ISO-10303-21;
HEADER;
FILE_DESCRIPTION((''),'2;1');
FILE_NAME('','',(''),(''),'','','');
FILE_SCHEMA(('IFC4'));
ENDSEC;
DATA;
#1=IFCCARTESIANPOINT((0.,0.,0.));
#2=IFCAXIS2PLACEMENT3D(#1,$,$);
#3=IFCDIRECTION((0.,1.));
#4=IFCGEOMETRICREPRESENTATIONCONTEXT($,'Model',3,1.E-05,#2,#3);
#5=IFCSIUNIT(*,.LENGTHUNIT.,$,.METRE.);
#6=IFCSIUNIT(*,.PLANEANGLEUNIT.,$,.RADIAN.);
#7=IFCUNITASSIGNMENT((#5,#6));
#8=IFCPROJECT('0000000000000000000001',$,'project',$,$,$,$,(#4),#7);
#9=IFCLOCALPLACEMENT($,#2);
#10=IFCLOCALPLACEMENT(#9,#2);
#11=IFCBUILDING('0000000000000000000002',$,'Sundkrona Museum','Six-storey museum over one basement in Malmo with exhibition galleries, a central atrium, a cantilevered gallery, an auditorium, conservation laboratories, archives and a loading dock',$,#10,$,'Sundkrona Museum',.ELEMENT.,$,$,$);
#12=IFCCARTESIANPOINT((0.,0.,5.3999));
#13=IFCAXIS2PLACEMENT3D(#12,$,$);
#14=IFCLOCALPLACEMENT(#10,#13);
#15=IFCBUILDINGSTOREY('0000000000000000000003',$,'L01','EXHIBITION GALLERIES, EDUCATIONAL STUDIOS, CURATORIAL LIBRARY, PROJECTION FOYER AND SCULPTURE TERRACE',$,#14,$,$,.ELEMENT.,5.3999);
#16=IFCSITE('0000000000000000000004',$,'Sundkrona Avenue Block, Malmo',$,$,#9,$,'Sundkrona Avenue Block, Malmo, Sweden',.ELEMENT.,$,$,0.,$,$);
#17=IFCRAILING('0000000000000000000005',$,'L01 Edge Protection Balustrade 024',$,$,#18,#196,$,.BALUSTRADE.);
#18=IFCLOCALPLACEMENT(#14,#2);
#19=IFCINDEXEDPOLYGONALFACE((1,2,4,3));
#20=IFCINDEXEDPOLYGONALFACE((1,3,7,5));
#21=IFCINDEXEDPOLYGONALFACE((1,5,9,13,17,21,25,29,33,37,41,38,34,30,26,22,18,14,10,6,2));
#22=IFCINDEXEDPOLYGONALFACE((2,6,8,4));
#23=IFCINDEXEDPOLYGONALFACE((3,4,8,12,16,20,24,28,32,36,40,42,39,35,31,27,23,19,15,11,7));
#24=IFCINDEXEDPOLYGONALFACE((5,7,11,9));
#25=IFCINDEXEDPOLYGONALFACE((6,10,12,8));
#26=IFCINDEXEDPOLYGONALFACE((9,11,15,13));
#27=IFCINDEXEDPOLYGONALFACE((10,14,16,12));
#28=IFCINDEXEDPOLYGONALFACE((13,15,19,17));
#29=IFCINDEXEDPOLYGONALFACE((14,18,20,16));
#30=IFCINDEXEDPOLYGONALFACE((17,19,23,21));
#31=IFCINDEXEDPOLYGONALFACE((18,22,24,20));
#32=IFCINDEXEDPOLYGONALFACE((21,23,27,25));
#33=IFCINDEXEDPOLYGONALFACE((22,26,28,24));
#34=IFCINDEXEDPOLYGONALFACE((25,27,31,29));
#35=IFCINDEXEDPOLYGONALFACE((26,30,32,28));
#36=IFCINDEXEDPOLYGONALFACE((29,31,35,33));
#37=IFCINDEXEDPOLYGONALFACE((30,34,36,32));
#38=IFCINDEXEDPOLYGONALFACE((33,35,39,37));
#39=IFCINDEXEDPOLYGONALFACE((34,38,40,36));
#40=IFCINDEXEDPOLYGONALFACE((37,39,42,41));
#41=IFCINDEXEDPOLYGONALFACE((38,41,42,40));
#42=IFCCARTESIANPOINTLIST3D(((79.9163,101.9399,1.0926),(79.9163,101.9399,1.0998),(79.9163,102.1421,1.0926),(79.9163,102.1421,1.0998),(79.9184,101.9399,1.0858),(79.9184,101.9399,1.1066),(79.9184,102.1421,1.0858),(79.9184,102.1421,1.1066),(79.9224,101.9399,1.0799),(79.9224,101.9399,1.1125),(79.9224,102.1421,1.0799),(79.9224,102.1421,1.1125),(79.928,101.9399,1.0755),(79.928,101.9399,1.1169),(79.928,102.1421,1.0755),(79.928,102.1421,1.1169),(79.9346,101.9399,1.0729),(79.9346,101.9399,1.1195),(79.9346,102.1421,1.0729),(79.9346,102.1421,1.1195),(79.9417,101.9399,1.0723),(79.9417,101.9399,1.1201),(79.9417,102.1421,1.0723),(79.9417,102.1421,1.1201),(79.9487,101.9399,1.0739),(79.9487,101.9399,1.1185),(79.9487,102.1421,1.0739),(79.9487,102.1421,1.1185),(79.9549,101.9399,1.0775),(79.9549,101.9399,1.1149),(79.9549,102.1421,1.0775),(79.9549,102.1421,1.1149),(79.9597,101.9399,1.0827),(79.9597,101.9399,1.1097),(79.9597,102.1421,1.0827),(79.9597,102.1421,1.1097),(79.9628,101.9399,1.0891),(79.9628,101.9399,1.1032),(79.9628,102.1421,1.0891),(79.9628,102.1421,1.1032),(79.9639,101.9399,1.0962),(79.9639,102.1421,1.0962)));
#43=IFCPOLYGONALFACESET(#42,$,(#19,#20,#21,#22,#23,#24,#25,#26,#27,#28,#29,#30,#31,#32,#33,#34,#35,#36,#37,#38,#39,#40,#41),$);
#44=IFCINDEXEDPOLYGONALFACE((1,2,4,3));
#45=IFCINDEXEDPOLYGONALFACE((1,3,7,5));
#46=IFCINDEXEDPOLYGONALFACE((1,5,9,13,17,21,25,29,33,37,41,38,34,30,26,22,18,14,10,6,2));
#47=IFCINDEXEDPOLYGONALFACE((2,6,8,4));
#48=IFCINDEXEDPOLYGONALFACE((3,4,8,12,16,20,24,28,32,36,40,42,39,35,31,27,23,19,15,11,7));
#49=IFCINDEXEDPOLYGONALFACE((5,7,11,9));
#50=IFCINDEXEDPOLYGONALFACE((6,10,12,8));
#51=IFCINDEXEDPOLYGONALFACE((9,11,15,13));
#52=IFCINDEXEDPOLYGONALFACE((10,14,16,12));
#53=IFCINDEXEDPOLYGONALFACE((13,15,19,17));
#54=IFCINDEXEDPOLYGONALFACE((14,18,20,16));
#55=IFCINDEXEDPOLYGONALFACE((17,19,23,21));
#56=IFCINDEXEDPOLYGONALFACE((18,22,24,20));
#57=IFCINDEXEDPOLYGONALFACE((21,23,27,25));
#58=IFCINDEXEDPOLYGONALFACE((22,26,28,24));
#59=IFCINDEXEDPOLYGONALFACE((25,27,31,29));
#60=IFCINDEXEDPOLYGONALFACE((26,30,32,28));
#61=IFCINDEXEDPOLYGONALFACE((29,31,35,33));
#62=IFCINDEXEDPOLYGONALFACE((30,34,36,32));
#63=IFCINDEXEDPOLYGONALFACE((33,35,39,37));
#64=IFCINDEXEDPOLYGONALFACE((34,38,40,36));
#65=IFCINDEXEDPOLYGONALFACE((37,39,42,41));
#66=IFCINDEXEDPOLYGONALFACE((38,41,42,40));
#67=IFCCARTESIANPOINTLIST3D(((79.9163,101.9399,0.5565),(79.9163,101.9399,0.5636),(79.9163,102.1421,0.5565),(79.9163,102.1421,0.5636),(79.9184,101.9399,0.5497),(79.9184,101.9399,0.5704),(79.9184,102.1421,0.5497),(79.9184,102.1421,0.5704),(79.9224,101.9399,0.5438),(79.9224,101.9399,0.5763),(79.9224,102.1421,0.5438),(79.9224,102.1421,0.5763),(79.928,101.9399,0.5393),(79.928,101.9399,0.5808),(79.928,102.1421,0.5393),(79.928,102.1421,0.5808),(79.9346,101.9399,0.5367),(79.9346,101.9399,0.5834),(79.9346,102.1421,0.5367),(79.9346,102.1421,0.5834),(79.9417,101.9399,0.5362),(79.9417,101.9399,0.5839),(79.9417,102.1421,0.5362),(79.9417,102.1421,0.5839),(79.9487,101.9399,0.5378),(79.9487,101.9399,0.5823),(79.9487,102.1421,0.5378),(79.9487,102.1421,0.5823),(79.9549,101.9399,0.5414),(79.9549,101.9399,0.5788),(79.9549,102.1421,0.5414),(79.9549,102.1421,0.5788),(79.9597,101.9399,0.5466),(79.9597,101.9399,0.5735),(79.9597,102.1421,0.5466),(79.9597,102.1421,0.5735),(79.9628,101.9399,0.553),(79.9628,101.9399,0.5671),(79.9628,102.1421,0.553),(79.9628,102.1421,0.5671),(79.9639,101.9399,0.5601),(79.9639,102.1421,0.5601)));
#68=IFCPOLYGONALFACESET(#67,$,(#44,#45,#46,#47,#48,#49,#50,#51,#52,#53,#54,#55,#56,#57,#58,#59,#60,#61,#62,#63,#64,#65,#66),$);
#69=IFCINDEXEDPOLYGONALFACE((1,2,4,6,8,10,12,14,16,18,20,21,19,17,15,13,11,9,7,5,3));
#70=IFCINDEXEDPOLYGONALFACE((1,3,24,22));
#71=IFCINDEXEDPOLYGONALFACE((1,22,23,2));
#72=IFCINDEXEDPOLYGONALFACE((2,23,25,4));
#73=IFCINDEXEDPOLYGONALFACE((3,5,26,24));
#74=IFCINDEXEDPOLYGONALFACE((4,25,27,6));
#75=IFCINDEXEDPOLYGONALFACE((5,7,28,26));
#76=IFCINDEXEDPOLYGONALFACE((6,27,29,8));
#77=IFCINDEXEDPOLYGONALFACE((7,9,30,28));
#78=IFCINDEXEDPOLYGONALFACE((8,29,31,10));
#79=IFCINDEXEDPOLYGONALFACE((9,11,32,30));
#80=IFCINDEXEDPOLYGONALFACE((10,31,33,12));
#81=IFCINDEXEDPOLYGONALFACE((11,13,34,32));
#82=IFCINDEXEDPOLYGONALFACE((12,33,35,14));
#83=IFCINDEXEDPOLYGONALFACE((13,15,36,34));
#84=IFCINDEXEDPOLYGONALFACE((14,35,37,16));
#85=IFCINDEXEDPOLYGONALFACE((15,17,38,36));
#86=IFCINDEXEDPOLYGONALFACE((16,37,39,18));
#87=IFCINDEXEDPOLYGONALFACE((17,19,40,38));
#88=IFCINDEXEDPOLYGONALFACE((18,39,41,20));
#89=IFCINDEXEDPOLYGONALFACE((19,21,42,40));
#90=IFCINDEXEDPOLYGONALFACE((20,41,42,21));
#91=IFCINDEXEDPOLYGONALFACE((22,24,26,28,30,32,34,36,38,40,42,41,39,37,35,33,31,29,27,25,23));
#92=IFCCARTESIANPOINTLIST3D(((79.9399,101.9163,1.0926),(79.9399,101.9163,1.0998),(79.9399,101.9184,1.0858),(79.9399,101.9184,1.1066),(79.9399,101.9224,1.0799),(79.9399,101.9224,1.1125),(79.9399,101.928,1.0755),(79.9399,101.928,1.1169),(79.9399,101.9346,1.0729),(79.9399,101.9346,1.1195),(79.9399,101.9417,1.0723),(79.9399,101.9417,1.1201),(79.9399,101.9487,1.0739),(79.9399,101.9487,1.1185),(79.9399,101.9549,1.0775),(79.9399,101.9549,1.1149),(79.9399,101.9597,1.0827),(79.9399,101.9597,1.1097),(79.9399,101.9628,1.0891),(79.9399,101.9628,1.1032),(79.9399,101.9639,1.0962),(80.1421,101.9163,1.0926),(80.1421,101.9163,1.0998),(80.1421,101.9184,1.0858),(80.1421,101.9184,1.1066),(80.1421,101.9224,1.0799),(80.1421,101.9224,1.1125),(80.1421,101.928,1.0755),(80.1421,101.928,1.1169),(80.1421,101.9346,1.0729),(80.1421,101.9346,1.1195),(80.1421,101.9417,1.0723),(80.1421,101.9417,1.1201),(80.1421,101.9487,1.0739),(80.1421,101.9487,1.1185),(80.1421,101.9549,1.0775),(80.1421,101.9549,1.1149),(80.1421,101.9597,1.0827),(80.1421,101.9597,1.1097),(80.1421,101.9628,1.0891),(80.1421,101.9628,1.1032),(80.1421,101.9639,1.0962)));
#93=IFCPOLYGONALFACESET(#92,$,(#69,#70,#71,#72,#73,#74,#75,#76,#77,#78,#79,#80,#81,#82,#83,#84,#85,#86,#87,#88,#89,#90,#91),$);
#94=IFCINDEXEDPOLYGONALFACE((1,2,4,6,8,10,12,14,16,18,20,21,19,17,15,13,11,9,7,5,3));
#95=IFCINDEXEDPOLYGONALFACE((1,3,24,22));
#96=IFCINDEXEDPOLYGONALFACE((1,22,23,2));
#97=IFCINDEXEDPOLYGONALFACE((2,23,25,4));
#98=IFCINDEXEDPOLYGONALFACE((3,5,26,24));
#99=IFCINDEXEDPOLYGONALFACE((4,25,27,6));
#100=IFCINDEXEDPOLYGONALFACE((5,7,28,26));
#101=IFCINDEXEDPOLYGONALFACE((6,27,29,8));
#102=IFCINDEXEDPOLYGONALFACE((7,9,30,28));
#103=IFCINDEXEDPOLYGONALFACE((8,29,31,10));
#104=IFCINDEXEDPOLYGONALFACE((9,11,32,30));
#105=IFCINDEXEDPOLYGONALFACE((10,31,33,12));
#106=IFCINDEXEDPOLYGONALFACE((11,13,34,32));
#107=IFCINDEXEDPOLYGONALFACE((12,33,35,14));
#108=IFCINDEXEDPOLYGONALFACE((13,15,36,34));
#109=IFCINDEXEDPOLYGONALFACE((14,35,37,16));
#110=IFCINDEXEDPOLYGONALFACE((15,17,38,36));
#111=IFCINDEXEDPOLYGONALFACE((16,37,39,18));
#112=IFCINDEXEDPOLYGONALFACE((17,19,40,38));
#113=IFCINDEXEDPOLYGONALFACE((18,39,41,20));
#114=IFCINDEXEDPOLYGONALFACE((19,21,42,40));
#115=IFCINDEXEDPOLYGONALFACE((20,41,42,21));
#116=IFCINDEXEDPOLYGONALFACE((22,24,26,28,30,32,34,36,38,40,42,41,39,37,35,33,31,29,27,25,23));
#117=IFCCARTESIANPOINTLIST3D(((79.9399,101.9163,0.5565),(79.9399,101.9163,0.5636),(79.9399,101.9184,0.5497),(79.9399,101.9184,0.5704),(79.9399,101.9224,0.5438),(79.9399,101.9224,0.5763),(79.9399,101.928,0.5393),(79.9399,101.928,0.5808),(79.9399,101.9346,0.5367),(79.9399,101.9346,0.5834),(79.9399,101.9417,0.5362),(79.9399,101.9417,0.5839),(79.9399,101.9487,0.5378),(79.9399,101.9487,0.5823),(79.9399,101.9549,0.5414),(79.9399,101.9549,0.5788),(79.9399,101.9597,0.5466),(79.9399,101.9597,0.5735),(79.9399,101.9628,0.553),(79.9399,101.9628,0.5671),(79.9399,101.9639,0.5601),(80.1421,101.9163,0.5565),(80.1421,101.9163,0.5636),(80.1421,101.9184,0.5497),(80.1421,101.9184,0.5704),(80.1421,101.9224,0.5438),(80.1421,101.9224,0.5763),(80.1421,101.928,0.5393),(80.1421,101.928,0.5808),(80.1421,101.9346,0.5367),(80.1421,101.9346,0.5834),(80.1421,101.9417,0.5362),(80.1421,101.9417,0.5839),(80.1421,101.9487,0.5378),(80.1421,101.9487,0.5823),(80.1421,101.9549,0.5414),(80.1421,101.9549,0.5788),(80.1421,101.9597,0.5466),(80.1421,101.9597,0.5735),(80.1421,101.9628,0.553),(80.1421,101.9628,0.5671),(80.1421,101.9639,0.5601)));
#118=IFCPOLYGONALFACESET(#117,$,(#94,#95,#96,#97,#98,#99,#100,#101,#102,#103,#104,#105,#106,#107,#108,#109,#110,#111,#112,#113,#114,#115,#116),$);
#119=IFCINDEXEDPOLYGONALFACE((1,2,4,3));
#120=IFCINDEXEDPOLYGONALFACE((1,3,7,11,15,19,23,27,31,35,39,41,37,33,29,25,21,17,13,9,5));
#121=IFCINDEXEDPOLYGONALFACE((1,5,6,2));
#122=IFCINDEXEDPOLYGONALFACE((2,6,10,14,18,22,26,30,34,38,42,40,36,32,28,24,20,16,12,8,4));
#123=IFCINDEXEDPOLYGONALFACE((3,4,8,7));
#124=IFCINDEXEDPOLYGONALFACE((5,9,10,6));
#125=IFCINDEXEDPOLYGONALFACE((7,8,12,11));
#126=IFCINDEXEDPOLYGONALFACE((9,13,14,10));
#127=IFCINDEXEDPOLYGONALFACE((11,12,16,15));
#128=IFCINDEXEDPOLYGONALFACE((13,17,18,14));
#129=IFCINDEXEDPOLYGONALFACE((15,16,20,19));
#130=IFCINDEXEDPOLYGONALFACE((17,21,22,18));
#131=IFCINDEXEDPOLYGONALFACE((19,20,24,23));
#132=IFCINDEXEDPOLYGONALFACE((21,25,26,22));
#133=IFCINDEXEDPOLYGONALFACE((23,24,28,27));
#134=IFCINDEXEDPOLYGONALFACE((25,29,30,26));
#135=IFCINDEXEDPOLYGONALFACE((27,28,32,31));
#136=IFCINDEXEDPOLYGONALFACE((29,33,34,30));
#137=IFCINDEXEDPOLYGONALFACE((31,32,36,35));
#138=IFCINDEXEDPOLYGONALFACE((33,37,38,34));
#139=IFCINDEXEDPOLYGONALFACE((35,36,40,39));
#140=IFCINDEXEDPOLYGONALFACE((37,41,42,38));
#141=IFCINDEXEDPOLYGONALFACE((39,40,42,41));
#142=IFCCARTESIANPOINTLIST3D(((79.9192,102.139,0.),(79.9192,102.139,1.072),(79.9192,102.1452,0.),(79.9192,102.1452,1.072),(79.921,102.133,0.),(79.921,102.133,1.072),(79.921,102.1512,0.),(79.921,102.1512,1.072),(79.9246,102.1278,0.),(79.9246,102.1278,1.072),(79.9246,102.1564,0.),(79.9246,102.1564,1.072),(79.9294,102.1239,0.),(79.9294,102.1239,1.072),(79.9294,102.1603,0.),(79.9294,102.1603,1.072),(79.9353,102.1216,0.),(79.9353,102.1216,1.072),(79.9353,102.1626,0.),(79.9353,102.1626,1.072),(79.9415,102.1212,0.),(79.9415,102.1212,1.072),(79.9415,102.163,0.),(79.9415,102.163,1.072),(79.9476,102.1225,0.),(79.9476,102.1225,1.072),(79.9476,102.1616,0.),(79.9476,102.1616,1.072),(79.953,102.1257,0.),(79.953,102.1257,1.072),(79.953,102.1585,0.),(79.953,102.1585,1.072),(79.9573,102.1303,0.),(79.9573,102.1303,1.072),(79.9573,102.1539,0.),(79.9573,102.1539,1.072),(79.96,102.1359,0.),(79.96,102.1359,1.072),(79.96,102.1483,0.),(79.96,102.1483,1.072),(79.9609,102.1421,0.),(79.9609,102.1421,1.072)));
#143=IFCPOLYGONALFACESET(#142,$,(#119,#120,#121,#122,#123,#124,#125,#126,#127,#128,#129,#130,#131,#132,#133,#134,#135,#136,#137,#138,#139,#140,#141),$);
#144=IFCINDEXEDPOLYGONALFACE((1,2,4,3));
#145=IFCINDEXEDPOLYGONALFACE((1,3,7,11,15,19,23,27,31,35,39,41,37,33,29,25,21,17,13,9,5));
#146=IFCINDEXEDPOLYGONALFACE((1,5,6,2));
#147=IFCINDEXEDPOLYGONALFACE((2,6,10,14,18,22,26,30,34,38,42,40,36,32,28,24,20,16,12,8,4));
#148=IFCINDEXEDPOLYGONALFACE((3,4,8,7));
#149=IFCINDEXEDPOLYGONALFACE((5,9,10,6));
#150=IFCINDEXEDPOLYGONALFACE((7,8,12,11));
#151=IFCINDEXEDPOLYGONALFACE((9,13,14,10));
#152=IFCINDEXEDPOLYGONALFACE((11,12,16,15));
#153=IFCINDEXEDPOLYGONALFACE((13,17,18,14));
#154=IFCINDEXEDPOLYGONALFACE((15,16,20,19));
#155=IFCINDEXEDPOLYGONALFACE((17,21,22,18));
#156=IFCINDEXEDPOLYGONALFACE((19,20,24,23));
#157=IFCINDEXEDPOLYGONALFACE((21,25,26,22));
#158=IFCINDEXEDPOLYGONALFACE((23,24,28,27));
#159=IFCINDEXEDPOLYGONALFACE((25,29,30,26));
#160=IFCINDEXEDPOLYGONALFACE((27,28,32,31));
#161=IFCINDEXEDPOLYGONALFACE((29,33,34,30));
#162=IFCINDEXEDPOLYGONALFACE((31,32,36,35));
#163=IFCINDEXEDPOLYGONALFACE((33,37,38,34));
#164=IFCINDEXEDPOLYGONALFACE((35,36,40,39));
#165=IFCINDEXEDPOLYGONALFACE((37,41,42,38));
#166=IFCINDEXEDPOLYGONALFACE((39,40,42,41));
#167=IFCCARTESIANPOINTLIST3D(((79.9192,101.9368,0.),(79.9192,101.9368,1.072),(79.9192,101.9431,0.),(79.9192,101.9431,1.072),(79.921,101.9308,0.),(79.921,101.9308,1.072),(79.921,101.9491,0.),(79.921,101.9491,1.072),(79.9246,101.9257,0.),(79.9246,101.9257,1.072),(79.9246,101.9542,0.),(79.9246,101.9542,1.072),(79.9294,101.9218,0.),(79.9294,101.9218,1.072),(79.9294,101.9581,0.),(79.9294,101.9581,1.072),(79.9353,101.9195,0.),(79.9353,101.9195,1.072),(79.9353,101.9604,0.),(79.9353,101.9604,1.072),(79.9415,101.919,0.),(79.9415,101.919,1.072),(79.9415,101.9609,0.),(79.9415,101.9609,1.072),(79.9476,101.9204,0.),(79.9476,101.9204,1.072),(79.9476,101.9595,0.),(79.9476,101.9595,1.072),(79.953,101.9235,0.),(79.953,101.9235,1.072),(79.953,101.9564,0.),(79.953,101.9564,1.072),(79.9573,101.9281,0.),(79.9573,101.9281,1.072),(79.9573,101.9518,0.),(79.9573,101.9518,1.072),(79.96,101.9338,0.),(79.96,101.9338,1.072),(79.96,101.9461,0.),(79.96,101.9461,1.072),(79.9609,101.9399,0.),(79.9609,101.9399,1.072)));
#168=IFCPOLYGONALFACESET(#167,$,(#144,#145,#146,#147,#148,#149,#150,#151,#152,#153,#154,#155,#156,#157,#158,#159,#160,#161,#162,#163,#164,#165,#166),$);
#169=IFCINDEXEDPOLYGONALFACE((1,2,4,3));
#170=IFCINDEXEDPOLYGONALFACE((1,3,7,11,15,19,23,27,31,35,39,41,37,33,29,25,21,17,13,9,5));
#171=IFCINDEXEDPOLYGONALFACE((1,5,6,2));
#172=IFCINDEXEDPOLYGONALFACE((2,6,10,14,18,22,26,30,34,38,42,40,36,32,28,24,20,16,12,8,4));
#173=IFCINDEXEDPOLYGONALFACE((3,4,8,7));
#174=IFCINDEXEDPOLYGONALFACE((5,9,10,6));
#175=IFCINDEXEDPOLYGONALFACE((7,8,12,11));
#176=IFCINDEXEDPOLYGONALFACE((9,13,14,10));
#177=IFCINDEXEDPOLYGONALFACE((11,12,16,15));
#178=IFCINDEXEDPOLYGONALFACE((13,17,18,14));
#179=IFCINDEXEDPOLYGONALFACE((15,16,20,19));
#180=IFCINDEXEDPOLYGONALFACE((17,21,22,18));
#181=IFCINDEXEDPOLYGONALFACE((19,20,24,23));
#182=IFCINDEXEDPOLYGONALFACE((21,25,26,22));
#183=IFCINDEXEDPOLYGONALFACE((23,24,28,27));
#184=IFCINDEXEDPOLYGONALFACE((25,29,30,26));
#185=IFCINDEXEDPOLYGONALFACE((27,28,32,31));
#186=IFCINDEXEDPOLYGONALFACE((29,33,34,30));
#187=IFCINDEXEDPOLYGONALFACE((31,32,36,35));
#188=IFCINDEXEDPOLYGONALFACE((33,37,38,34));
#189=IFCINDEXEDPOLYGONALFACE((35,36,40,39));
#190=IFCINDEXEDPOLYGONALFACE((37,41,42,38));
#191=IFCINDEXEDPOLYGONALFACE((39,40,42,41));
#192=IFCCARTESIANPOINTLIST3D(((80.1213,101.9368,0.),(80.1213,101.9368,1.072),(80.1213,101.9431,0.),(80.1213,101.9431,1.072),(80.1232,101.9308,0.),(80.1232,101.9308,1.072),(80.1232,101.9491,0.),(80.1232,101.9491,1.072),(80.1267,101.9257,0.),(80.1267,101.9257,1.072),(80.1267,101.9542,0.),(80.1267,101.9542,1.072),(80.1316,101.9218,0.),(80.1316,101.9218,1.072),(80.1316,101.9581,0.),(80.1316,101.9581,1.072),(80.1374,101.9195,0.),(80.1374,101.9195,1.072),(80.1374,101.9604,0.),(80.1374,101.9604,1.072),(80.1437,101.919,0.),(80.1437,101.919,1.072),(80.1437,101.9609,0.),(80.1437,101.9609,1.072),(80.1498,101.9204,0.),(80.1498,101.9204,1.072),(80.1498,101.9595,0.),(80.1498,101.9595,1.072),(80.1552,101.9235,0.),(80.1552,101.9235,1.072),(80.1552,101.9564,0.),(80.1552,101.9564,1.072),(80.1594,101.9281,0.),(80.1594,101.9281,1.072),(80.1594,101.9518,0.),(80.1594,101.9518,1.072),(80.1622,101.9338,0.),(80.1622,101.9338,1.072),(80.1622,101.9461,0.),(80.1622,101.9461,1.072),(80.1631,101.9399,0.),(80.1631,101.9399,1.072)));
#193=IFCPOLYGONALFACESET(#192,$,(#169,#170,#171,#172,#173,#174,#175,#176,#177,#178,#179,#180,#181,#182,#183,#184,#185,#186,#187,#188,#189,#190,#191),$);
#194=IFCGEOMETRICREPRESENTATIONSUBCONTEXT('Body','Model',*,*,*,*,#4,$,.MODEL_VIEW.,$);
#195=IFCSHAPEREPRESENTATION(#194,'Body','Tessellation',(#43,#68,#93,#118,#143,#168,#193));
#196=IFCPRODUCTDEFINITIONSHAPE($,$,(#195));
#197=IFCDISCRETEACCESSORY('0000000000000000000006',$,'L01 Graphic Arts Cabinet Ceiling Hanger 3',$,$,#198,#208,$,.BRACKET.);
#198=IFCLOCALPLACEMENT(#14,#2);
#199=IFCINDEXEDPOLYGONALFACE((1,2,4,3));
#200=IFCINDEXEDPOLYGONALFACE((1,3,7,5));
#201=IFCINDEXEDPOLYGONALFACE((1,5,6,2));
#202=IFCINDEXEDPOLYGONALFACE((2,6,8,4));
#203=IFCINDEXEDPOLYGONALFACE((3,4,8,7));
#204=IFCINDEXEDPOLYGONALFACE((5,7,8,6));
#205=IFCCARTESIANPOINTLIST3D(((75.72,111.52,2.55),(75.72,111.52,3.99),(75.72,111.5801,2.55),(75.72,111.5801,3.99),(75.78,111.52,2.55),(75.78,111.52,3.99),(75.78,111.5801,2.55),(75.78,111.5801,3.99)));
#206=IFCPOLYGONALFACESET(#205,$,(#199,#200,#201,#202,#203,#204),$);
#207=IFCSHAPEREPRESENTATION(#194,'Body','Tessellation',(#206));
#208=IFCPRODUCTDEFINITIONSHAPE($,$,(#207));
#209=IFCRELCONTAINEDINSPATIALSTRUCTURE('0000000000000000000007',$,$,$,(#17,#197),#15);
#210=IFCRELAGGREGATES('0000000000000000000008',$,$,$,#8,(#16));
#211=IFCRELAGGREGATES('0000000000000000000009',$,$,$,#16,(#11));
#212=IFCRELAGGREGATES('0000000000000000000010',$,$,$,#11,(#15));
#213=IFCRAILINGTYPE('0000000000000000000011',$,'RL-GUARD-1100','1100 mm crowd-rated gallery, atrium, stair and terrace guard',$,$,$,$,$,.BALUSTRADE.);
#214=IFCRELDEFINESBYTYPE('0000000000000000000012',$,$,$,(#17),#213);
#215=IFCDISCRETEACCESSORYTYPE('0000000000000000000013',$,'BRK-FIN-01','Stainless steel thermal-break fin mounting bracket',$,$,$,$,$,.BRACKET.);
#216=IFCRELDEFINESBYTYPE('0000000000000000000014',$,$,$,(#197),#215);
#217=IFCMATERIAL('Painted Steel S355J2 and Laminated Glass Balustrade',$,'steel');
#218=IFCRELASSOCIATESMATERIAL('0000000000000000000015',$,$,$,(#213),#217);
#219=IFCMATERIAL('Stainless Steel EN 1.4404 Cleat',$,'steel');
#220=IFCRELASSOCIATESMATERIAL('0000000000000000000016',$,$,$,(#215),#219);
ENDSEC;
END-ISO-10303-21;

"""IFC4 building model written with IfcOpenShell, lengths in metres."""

from ifc_helpers import new_model, si_unit, direction, frame, origin, origin_2d, place, context, subcontext, project, spatial, rectangle, circle, extrude, material, type_object, element, save


model = new_model("IFC4")

# Units and contexts
model_context = context("Model", 3, precision=1e-05, world=origin(), true_north=direction((0.0, 1.0)))
body_context = subcontext(model_context, "Body", "Model", "MODEL_VIEW")
ifc_project = project(units=[si_unit("LENGTHUNIT", "METRE"), si_unit("PLANEANGLEUNIT", "RADIAN")], contexts=[model_context])

# Site, building, storey
site_placement = place(None, origin())
site = spatial("IfcSite", under=ifc_project, at=site_placement, Name="Sundkrona Avenue Block, Malmo", LongName="Sundkrona Avenue Block, Malmo, Sweden", CompositionType="ELEMENT", RefElevation=0.0)
building_placement = place(site_placement, origin())
building = spatial("IfcBuilding", under=site, at=building_placement, Name="Sundkrona Museum", Description="Six-storey museum over one basement in Malmo with exhibition galleries, a central atrium, a cantilevered gallery, an auditorium, conservation laboratories, archives and a loading dock", LongName="Sundkrona Museum", CompositionType="ELEMENT")
storey_placement = place(building_placement, frame((0.0, 0.0, 5.3999)))
storey = spatial("IfcBuildingStorey", under=building, at=storey_placement, Name="L01", Description="EXHIBITION GALLERIES, EDUCATIONAL STUDIOS, CURATORIAL LIBRARY, PROJECTION FOYER AND SCULPTURE TERRACE", CompositionType="ELEMENT", Elevation=5.3999)

# Railing
ifc_material_1 = material(Name="Painted Steel S355J2 and Laminated Glass Balustrade", Category="steel")
railing_type = type_object("IfcRailingType", Name="RL-GUARD-1100", Description="1100 mm crowd-rated gallery, atrium, stair and terrace guard", PredefinedType="BALUSTRADE", material=ifc_material_1)
railing_placement = place(storey_placement, frame((79.9399, 102.1421, 0.0)))
element("IfcRailing", 1, at=railing_placement, inside=storey, type_object=railing_type, Name="L01 Edge Protection Balustrade 024", PredefinedType="BALUSTRADE", context=body_context, shape_type="SweptSolid", body=[
    extrude(circle(Radius=0.0239, at=origin_2d()), frame((0.0, 0.0, 1.0962), z_axis=(0.0, -1.0, 0.0), x_axis=(1.0, 0.0, 0.0)), (0.0, 0.0, 1.0), 0.2021),
    extrude(circle(Radius=0.0239, at=origin_2d()), frame((0.0, 0.0, 0.5601), z_axis=(0.0, -1.0, 0.0), x_axis=(1.0, 0.0, 0.0)), (0.0, 0.0, 1.0), 0.2021),
    extrude(circle(Radius=0.0239, at=origin_2d()), frame((0.0, -0.2021, 1.0962), z_axis=(1.0, 0.0, 0.0), x_axis=(0.0, 1.0, 0.0)), (0.0, 0.0, 1.0), 0.2021),
    extrude(circle(Radius=0.0239, at=origin_2d()), frame((0.0, -0.2021, 0.5601), z_axis=(1.0, 0.0, 0.0), x_axis=(0.0, 1.0, 0.0)), (0.0, 0.0, 1.0), 0.2021),
    extrude(circle(Radius=0.021, at=origin_2d()), origin(), (0.0, 0.0, 1.0), 1.072),
    extrude(circle(Radius=0.021, at=origin_2d()), frame((0.0, -0.2021, 0.0)), (0.0, 0.0, 1.0), 1.072),
    extrude(circle(Radius=0.021, at=origin_2d()), frame((0.2021, -0.2021, 0.0)), (0.0, 0.0, 1.0), 1.072),
])

# Discrete accessory
ifc_material_2 = material(Name="Stainless Steel EN 1.4404 Cleat", Category="steel")
discrete_accessory_type = type_object("IfcDiscreteAccessoryType", Name="BRK-FIN-01", Description="Stainless steel thermal-break fin mounting bracket", PredefinedType="BRACKET", material=ifc_material_2)
discrete_accessory_placement = place(storey_placement, frame((75.75, 111.55, 2.55), z_axis=(0.0, 0.0, 1.0), x_axis=(1.0, 0.0, 0.0)))
element("IfcDiscreteAccessory", 2, at=discrete_accessory_placement, inside=storey, type_object=discrete_accessory_type, Name="L01 Graphic Arts Cabinet Ceiling Hanger 3", PredefinedType="BRACKET", context=body_context, shape_type="SweptSolid", body=[
    extrude(rectangle(XDim=0.0601, YDim=0.0601, at=origin_2d()), origin(), (0.0, 0.0, 1.0), 1.4399),
])

save(model, "model.ifc")
